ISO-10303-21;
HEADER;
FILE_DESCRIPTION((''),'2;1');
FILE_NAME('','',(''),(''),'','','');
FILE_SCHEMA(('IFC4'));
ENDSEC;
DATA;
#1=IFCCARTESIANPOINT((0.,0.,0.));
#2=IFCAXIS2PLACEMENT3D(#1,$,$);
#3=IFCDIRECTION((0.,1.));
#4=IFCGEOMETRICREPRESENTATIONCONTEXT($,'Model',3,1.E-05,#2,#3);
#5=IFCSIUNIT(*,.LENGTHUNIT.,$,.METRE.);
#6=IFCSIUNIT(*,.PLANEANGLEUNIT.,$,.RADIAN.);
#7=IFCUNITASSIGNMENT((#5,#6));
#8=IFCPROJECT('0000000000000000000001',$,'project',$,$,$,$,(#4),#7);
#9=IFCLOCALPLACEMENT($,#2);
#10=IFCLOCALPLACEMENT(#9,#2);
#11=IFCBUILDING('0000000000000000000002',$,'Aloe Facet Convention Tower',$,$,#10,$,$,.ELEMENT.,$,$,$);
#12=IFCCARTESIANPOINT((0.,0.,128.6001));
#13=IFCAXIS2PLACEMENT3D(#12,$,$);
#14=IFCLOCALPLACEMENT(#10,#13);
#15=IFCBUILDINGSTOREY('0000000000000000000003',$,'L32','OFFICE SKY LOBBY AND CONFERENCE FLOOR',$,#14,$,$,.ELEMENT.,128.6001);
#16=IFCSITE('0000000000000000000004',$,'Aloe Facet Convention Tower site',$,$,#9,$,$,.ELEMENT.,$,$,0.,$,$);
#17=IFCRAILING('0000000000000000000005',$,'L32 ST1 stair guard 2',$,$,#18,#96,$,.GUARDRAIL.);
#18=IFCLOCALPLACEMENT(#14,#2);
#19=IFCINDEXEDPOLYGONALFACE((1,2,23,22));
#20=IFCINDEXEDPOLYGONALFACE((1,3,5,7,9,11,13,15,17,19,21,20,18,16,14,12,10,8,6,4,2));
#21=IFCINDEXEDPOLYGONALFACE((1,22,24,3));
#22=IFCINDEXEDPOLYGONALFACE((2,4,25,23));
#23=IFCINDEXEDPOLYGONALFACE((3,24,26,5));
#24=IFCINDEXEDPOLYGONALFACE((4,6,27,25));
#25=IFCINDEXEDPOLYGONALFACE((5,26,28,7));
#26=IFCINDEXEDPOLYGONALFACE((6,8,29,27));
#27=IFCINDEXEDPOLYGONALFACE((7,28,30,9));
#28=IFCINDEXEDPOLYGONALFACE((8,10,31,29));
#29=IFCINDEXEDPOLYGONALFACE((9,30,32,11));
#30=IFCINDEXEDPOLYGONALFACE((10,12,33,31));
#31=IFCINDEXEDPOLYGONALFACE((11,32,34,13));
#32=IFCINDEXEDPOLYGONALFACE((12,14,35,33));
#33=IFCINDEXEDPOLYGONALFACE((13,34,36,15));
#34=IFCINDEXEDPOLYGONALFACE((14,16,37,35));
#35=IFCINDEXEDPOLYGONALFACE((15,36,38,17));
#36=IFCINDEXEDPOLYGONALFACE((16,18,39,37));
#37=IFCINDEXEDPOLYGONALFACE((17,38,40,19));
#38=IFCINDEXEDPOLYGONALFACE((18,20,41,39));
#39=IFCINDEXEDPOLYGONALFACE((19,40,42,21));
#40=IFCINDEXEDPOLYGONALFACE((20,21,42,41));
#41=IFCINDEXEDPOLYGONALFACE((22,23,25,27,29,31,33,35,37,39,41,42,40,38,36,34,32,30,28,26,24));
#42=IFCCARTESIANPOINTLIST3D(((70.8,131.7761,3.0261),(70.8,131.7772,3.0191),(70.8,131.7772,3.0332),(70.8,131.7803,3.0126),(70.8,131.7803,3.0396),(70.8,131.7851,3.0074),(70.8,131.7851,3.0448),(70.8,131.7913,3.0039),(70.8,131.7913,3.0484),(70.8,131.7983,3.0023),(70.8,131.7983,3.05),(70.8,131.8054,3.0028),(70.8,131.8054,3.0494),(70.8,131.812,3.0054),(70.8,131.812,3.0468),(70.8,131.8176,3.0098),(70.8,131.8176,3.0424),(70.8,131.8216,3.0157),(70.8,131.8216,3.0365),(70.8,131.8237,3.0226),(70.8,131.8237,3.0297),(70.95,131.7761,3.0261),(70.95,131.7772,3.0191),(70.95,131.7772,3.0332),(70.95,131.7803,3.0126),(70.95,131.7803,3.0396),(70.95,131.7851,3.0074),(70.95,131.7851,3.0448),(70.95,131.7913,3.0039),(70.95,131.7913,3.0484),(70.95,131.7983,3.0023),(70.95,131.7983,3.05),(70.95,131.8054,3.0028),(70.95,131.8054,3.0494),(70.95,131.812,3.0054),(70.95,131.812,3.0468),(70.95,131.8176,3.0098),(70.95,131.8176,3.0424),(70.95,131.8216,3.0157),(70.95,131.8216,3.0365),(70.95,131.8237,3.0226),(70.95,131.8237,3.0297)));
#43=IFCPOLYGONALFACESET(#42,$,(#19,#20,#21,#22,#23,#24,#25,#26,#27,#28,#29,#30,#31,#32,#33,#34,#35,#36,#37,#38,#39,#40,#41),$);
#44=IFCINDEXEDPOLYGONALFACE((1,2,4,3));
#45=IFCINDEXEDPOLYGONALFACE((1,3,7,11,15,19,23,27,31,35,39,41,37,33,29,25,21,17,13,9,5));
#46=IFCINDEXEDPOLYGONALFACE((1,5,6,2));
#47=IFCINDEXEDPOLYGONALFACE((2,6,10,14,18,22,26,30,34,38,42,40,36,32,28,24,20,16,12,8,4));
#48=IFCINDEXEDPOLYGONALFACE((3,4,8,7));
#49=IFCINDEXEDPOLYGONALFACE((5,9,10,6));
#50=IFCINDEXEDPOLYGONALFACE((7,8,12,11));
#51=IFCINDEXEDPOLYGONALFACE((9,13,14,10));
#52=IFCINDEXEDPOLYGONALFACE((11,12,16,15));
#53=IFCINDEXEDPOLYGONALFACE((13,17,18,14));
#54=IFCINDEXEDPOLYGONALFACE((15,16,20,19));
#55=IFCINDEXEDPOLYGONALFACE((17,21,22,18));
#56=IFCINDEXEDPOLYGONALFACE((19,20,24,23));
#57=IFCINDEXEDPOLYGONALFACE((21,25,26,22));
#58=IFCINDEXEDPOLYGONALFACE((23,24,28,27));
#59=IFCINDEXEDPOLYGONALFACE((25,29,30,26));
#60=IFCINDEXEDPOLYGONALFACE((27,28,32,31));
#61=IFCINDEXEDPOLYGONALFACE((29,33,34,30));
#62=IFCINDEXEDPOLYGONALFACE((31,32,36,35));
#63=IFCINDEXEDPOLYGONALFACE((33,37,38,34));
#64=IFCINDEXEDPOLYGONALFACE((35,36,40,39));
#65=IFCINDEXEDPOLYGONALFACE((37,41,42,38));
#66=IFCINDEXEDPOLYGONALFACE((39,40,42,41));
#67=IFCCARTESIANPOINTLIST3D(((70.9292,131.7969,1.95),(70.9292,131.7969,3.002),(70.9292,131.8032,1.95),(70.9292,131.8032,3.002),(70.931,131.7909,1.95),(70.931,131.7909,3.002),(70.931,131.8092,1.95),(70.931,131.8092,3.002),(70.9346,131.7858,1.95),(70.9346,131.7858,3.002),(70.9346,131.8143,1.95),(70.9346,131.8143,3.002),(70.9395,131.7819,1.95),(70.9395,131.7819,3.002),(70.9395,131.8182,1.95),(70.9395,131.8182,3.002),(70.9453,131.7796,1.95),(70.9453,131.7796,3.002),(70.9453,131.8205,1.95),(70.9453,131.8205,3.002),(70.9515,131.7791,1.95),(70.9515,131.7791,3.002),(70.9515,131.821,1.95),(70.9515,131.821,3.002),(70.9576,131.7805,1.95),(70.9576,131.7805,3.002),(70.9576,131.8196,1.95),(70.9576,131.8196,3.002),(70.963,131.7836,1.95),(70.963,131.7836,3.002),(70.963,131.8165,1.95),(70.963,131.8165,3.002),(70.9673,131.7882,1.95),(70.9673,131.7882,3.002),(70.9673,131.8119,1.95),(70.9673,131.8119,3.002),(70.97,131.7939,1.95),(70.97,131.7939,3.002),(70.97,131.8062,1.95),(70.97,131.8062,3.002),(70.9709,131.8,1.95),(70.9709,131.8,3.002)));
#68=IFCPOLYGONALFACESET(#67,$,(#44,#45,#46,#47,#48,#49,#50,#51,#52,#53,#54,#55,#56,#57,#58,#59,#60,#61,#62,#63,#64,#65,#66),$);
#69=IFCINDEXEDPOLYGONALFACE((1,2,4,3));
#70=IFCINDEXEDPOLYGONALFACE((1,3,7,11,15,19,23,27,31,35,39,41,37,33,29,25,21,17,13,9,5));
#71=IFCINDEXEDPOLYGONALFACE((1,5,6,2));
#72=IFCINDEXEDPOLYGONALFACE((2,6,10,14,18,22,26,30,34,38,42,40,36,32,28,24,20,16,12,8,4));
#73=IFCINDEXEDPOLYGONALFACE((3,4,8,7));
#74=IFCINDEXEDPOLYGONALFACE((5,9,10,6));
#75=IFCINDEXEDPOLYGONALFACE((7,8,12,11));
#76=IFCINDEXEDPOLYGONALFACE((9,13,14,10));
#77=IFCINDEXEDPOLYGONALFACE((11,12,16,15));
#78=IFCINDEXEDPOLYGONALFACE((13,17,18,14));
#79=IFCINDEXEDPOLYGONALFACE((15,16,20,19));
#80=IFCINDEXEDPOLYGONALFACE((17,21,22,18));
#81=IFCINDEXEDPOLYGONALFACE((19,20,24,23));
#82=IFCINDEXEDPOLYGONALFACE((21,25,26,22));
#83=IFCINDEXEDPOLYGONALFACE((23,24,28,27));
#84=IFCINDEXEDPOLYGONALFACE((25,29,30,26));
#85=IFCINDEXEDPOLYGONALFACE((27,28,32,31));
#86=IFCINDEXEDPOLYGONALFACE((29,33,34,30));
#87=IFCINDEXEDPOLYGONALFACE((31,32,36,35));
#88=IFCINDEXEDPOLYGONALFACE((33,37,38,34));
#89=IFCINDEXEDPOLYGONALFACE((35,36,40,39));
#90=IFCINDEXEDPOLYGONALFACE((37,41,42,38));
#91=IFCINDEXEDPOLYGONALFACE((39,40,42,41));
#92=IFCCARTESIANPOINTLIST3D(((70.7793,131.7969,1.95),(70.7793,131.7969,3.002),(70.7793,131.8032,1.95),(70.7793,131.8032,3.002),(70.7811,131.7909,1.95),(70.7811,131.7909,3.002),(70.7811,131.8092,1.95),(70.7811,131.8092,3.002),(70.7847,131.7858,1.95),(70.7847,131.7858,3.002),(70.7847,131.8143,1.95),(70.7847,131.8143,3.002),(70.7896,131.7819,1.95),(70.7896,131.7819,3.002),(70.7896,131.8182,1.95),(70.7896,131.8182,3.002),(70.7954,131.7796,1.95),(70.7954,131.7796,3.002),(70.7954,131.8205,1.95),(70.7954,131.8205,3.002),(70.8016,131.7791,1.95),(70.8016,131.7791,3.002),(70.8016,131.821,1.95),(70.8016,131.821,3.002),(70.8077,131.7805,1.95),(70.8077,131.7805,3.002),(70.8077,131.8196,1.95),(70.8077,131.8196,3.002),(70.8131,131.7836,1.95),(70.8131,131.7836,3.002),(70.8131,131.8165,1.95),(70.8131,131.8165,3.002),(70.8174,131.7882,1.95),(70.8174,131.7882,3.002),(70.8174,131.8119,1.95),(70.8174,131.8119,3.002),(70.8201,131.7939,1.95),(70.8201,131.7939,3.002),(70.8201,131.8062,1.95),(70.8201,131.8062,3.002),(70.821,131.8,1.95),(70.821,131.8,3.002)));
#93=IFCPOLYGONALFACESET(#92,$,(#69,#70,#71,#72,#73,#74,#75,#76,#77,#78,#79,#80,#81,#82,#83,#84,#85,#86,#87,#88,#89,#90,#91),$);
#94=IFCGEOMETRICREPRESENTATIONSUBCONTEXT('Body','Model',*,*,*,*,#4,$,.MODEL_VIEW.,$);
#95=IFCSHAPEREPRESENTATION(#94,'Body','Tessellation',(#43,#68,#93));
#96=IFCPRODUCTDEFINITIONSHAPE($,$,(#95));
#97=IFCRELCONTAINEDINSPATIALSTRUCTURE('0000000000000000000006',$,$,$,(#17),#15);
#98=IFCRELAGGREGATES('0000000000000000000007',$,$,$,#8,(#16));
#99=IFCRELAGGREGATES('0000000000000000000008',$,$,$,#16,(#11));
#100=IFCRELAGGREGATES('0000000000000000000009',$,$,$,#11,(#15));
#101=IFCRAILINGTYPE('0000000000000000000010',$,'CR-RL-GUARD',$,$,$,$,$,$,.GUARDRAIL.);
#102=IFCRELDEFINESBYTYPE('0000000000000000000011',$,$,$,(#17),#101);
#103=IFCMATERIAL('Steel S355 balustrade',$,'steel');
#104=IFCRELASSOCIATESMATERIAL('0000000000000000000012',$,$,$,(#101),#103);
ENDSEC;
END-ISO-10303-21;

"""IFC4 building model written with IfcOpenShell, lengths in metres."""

from ifc_helpers import new_model, si_unit, direction, frame, origin, origin_2d, place, context, subcontext, project, spatial, circle, extrude, material, type_object, element, save


model = new_model("IFC4")

# Units and contexts
model_context = context("Model", 3, precision=1e-05, world=origin(), true_north=direction((0.0, 1.0)))
body_context = subcontext(model_context, "Body", "Model", "MODEL_VIEW")
ifc_project = project(units=[si_unit("LENGTHUNIT", "METRE"), si_unit("PLANEANGLEUNIT", "RADIAN")], contexts=[model_context])

# Site, building, storey
site_placement = place(None, origin())
site = spatial("IfcSite", under=ifc_project, at=site_placement, Name="Aloe Facet Convention Tower site", CompositionType="ELEMENT", RefElevation=0.0)
building_placement = place(site_placement, origin())
building = spatial("IfcBuilding", under=site, at=building_placement, Name="Aloe Facet Convention Tower", CompositionType="ELEMENT")
storey_placement = place(building_placement, frame((0.0, 0.0, 128.6001)))
storey = spatial("IfcBuildingStorey", under=building, at=storey_placement, Name="L32", Description="OFFICE SKY LOBBY AND CONFERENCE FLOOR", CompositionType="ELEMENT", Elevation=128.6001)

# Railing
ifc_material_1 = material(Name="Steel S355 balustrade", Category="steel")
railing_type_1 = type_object("IfcRailingType", Name="CR-RL-GUARD", PredefinedType="GUARDRAIL", material=ifc_material_1)
railing_1_placement = place(storey_placement, frame((70.95, 131.8, 1.95)))
element("IfcRailing", 1, at=railing_1_placement, inside=storey, type_object=railing_type_1, Name="L32 ST1 stair guard 2", PredefinedType="GUARDRAIL", context=body_context, shape_type="SweptSolid", body=[
    extrude(circle(Radius=0.0239, at=origin_2d()), frame((0.0, 0.0, 1.0762), z_axis=(-1.0, 0.0, 0.0), x_axis=(0.0, -1.0, 0.0)), (0.0, 0.0, 1.0), 0.1499),
    extrude(circle(Radius=0.021, at=origin_2d()), origin(), (0.0, 0.0, 1.0), 1.052),
    extrude(circle(Radius=0.021, at=origin_2d()), frame((-0.1499, 0.0, 0.0)), (0.0, 0.0, 1.0), 1.052),
])

save(model, "model.ifc")
